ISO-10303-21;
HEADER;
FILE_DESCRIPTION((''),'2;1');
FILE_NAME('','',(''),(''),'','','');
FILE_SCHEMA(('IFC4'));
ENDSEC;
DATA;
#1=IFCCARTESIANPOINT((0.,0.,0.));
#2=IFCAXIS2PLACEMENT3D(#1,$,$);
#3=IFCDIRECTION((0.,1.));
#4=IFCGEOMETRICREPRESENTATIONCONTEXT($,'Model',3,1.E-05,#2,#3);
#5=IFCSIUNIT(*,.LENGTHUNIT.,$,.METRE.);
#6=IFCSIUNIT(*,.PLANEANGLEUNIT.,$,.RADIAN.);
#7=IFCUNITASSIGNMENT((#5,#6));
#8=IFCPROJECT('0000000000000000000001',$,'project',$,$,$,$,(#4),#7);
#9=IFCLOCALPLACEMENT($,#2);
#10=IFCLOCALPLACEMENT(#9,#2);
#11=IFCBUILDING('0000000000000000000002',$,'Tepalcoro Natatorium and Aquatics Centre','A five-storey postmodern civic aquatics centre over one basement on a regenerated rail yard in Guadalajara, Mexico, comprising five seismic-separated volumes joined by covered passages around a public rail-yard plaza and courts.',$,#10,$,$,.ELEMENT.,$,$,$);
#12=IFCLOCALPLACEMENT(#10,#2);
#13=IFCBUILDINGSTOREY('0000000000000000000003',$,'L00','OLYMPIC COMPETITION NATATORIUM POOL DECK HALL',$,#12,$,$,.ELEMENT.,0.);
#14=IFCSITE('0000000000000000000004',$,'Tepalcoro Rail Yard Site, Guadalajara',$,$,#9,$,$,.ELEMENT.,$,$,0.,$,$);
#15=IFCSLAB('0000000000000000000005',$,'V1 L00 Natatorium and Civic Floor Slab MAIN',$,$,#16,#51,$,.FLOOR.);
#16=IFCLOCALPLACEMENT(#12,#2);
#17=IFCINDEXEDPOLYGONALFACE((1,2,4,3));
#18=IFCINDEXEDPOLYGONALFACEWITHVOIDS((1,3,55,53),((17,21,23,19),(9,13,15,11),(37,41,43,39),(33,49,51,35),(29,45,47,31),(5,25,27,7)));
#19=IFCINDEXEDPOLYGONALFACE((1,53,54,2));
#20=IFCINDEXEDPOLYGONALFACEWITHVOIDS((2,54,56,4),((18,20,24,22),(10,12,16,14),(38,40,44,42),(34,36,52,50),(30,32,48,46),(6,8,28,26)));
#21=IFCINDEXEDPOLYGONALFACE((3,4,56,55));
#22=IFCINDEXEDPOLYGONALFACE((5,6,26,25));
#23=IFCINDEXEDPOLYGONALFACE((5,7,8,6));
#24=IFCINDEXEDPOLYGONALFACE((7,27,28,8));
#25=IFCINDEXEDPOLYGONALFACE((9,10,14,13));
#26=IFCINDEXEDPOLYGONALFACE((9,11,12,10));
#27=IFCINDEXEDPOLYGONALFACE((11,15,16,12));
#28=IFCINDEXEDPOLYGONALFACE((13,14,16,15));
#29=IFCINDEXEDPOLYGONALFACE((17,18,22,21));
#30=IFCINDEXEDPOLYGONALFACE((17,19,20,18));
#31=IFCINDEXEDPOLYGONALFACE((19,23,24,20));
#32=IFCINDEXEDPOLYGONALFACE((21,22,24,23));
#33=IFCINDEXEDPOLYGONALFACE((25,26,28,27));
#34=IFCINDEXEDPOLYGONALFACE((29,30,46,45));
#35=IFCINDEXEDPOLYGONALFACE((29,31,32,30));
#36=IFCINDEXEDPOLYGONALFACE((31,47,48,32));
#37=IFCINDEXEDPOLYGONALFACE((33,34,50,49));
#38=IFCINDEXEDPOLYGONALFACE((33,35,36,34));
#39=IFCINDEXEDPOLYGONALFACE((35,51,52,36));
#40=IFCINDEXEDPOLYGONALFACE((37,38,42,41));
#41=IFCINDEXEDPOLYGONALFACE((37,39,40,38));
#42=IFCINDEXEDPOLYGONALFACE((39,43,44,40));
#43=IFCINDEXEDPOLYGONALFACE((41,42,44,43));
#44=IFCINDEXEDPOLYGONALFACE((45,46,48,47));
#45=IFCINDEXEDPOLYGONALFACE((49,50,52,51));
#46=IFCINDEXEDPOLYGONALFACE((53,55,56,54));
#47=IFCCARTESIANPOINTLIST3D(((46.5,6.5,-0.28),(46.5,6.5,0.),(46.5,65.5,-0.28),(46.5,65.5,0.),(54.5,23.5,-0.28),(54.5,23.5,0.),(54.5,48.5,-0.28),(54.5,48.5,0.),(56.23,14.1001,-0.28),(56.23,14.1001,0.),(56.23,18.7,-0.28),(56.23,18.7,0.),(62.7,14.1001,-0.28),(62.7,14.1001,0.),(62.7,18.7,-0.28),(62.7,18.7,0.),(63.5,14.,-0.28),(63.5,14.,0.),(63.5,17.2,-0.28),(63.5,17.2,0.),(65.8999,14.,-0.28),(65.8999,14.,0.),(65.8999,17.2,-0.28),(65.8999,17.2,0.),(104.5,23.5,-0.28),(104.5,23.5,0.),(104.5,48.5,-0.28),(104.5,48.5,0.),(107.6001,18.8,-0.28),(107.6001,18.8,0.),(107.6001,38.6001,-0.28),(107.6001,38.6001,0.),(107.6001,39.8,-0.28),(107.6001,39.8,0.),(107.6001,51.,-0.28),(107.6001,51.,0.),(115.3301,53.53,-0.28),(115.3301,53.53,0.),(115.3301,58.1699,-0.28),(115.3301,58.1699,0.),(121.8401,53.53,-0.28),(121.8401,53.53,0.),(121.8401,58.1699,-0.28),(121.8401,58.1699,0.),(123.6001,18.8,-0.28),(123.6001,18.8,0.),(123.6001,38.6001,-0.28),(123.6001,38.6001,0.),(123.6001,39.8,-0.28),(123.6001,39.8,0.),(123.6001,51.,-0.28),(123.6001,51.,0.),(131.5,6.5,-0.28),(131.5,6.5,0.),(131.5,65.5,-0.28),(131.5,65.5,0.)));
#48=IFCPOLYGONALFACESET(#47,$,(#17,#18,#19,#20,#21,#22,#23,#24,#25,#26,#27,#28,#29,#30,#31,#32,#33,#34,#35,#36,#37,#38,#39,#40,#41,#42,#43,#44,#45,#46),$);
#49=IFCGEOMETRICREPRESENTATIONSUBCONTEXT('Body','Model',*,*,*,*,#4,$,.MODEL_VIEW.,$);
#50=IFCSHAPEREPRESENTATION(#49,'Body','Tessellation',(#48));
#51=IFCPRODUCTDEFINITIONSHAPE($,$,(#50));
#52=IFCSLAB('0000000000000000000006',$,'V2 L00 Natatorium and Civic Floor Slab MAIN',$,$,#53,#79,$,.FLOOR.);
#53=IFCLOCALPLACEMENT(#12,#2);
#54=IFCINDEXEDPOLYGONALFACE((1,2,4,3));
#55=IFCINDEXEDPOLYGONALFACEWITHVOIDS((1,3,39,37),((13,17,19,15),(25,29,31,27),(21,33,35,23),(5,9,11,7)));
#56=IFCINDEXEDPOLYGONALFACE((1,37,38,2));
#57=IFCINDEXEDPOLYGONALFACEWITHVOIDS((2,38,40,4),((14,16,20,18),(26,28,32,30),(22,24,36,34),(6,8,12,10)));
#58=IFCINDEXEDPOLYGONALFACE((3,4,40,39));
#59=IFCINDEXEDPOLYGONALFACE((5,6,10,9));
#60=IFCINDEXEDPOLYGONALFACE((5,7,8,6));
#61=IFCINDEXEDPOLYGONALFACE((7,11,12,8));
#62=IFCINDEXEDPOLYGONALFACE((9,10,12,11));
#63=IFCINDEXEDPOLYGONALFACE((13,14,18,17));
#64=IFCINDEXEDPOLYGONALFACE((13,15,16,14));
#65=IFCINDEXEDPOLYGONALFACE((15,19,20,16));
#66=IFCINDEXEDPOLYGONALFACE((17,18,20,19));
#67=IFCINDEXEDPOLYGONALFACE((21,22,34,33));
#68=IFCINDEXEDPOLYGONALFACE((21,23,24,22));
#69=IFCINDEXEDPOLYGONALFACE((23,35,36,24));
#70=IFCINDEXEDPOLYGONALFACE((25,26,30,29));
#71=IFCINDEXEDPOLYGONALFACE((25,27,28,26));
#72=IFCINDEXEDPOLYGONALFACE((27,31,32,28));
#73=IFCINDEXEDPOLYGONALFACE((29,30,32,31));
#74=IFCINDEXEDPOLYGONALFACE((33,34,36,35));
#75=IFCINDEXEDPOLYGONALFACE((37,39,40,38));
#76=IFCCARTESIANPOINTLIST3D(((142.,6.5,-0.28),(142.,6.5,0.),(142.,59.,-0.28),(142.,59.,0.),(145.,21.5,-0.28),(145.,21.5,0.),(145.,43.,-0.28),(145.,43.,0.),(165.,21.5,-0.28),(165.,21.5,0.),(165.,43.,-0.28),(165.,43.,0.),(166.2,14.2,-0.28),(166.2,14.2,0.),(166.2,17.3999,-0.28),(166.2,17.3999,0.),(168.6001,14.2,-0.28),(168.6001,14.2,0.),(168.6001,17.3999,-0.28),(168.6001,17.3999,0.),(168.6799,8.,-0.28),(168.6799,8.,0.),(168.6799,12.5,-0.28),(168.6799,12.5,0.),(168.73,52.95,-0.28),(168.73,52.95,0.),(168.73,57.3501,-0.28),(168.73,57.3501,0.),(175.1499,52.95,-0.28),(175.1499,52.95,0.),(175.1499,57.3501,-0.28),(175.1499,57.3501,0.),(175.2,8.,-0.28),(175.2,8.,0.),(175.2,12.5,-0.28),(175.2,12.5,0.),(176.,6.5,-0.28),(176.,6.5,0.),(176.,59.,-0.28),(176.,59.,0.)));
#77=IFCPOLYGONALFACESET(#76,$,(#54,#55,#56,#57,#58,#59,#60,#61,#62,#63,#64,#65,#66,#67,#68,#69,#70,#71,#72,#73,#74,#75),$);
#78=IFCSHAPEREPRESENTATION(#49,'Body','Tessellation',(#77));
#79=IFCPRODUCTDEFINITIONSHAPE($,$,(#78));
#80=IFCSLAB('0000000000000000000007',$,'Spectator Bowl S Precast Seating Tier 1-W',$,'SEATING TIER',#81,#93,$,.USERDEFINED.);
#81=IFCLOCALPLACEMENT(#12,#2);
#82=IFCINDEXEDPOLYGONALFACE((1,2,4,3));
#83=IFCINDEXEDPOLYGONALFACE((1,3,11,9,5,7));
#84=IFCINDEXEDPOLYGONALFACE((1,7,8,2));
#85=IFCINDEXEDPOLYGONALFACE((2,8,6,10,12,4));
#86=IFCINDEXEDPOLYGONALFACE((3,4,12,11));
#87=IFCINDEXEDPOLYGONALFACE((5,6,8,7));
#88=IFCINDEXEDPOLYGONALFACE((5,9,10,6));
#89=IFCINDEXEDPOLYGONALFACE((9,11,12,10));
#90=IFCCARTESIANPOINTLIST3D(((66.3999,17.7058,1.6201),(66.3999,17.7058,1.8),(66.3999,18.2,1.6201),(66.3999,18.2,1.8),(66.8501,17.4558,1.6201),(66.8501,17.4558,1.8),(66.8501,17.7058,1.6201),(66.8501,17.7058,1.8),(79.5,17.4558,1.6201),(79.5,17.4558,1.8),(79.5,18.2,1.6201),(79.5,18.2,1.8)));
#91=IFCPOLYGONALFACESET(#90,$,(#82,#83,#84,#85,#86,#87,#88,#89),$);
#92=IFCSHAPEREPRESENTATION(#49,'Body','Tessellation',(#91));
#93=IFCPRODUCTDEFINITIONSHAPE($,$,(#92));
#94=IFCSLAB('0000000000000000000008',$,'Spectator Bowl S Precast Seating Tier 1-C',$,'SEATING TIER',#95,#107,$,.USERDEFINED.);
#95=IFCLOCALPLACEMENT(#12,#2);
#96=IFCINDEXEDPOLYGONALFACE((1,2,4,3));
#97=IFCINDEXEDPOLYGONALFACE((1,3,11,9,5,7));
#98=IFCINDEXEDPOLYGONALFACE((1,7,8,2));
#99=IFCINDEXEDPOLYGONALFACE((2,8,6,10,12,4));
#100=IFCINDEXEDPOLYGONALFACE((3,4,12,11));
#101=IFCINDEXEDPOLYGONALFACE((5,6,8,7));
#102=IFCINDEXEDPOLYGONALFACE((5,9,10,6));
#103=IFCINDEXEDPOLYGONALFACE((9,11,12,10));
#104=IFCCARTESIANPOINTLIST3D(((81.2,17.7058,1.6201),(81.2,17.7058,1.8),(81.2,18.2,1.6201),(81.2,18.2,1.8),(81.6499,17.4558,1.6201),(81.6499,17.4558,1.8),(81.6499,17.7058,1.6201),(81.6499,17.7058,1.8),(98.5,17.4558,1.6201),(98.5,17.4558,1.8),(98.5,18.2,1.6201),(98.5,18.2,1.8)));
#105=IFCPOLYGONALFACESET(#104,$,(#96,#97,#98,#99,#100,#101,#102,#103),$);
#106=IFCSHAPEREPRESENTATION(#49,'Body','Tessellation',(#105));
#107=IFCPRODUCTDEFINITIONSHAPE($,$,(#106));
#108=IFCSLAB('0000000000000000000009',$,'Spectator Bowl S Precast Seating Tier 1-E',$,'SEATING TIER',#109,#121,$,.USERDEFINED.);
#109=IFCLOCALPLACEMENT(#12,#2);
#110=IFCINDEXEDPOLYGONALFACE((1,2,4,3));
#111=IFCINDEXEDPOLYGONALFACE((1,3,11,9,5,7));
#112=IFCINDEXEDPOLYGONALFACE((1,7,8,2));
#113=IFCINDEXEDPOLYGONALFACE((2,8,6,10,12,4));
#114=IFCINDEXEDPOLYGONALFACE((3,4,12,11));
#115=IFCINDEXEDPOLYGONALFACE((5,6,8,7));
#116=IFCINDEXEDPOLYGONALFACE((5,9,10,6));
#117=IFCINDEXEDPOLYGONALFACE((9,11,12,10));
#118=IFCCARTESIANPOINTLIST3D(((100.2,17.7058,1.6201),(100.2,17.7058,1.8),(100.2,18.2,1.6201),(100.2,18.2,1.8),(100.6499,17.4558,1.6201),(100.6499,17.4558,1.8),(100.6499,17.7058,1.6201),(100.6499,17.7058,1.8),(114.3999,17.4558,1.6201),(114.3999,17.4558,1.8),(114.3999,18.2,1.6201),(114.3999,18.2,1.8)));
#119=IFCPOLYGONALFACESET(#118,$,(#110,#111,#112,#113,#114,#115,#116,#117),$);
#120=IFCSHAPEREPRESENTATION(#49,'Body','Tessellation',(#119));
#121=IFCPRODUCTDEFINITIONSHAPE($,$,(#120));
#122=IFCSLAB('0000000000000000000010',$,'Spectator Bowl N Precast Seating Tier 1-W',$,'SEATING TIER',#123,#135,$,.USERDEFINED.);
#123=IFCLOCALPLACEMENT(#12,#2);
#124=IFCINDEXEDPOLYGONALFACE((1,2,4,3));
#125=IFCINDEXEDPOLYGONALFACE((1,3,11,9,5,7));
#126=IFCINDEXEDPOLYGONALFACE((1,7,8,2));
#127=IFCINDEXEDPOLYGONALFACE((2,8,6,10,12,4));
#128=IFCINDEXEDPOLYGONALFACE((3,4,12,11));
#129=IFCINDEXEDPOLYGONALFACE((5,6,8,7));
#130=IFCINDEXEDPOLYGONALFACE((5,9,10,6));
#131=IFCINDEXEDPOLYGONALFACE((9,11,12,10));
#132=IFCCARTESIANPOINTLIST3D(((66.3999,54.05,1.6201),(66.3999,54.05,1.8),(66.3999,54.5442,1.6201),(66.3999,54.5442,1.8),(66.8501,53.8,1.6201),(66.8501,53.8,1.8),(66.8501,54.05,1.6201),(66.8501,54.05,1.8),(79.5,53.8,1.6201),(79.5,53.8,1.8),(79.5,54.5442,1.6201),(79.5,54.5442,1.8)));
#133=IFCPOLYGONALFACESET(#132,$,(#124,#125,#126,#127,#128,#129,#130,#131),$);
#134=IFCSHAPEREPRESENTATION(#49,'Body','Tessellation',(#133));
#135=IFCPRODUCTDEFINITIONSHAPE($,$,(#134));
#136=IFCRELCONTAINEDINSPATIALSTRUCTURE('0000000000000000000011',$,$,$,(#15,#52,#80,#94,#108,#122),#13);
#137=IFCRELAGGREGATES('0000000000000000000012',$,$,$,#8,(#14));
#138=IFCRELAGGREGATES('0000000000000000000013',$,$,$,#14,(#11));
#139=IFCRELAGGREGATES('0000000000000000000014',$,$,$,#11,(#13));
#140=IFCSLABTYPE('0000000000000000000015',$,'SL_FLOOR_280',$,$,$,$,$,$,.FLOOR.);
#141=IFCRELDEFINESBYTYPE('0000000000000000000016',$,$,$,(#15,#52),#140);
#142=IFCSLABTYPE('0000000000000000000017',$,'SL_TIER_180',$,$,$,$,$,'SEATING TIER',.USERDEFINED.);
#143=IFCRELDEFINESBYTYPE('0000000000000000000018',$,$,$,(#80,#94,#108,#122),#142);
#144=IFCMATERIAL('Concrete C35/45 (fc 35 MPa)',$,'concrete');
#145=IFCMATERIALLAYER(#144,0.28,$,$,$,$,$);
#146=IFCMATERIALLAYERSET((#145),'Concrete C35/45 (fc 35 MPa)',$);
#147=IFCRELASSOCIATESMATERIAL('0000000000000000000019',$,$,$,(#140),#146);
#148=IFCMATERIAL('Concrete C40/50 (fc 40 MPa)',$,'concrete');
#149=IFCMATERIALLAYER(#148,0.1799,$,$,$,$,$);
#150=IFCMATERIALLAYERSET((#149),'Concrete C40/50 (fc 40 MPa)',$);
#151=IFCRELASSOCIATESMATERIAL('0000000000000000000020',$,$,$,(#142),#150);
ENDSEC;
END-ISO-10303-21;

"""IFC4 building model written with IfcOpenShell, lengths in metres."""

from ifc_helpers import new_model, si_unit, direction, frame, origin, place, context, subcontext, project, spatial, polyline, outline, extrude, material, layer, layer_set, type_object, element, save


model = new_model("IFC4")

# Units and contexts
model_context = context("Model", 3, precision=1e-05, world=origin(), true_north=direction((0.0, 1.0)))
body_context = subcontext(model_context, "Body", "Model", "MODEL_VIEW")
ifc_project = project(units=[si_unit("LENGTHUNIT", "METRE"), si_unit("PLANEANGLEUNIT", "RADIAN")], contexts=[model_context])

# Site, building, storey
site_placement = place(None, origin())
site = spatial("IfcSite", under=ifc_project, at=site_placement, Name="Tepalcoro Rail Yard Site, Guadalajara", CompositionType="ELEMENT", RefElevation=0.0)
building_placement = place(site_placement, origin())
building = spatial("IfcBuilding", under=site, at=building_placement, Name="Tepalcoro Natatorium and Aquatics Centre", Description="A five-storey postmodern civic aquatics centre over one basement on a regenerated rail yard in Guadalajara, Mexico, comprising five seismic-separated volumes joined by covered passages around a public rail-yard plaza and courts.", CompositionType="ELEMENT")
storey_placement = place(building_placement, origin())
storey = spatial("IfcBuildingStorey", under=building, at=storey_placement, Name="L00", Description="OLYMPIC COMPETITION NATATORIUM POOL DECK HALL", CompositionType="ELEMENT", Elevation=0.0)

# Shared definitions
ifc_material_1 = material(Name="Concrete C40/50 (fc 40 MPa)", Category="concrete")

# Slabs
ifc_material_2 = material(Name="Concrete C35/45 (fc 35 MPa)", Category="concrete")
ifc_layer_1 = layer(ifc_material_2, 0.28)
ifc_layer_set_1 = layer_set([ifc_layer_1], Name="Concrete C35/45 (fc 35 MPa)")
slab_type_1 = type_object("IfcSlabType", Name="SL_FLOOR_280", PredefinedType="FLOOR", material=ifc_layer_set_1)
slab_1_placement = place(storey_placement, frame((0.0, 0.0, -0.28)))
element("IfcSlab", 1, at=slab_1_placement, inside=storey, type_object=slab_type_1, Name="V1 L00 Natatorium and Civic Floor Slab MAIN", PredefinedType="FLOOR", context=body_context, shape_type="SweptSolid", body=[
    extrude(outline(polyline([(46.5, 65.5), (131.5, 65.5), (131.5, 6.5), (46.5, 6.5), (46.5, 65.5)]), holes=[polyline([(104.5, 48.5), (54.5, 48.5), (54.5, 23.5), (104.5, 23.5), (104.5, 48.5)]), polyline([(123.6001, 18.8), (123.6001, 38.6001), (107.6001, 38.6001), (107.6001, 18.8), (123.6001, 18.8)]), polyline([(107.6001, 39.8), (123.6001, 39.8), (123.6001, 51.0), (107.6001, 51.0), (107.6001, 39.8)]), polyline([(56.23, 18.7), (56.23, 14.1001), (62.7, 14.1001), (62.7, 18.7), (56.23, 18.7)]), polyline([(121.8401, 58.1699), (115.3301, 58.1699), (115.3301, 53.53), (121.8401, 53.53), (121.8401, 58.1699)]), polyline([(65.8999, 14.0), (65.8999, 17.2), (63.5, 17.2), (63.5, 14.0), (65.8999, 14.0)])]), origin(), (0.0, 0.0, 1.0), 0.28),
])
slab_2_placement = place(storey_placement, frame((0.0, 0.0, -0.28)))
element("IfcSlab", 2, at=slab_2_placement, inside=storey, type_object=slab_type_1, Name="V2 L00 Natatorium and Civic Floor Slab MAIN", PredefinedType="FLOOR", context=body_context, shape_type="SweptSolid", body=[
    extrude(outline(polyline([(176.0, 6.5), (142.0, 6.5), (142.0, 59.0), (176.0, 59.0), (176.0, 6.5)]), holes=[polyline([(145.0, 21.5), (165.0, 21.5), (165.0, 43.0), (145.0, 43.0), (145.0, 21.5)]), polyline([(168.6799, 12.5), (168.6799, 8.0), (175.2, 8.0), (175.2, 12.5), (168.6799, 12.5)]), polyline([(175.1499, 57.3501), (168.73, 57.3501), (168.73, 52.95), (175.1499, 52.95), (175.1499, 57.3501)]), polyline([(168.6001, 14.2), (168.6001, 17.3999), (166.2, 17.3999), (166.2, 14.2), (168.6001, 14.2)])]), origin(), (0.0, 0.0, 1.0), 0.28),
])
ifc_layer_2 = layer(ifc_material_1, 0.1799)
ifc_layer_set_2 = layer_set([ifc_layer_2], Name="Concrete C40/50 (fc 40 MPa)")
slab_type_2 = type_object("IfcSlabType", Name="SL_TIER_180", ElementType="SEATING TIER", PredefinedType="USERDEFINED", material=ifc_layer_set_2)
slab_3_placement = place(storey_placement, frame((0.0, 0.0, 1.6201)))
element("IfcSlab", 3, at=slab_3_placement, inside=storey, type_object=slab_type_2, Name="Spectator Bowl S Precast Seating Tier 1-W", ObjectType="SEATING TIER", PredefinedType="USERDEFINED", context=body_context, shape_type="SweptSolid", body=[
    extrude(outline(polyline([(66.3999, 18.2), (79.5, 18.2), (79.5, 17.4558), (66.8501, 17.4558), (66.8501, 17.7058), (66.3999, 17.7058), (66.3999, 18.2)])), origin(), (0.0, 0.0, 1.0), 0.1799),
])
slab_4_placement = place(storey_placement, frame((0.0, 0.0, 1.6201)))
element("IfcSlab", 4, at=slab_4_placement, inside=storey, type_object=slab_type_2, Name="Spectator Bowl S Precast Seating Tier 1-C", ObjectType="SEATING TIER", PredefinedType="USERDEFINED", context=body_context, shape_type="SweptSolid", body=[
    extrude(outline(polyline([(81.2, 18.2), (98.5, 18.2), (98.5, 17.4558), (81.6499, 17.4558), (81.6499, 17.7058), (81.2, 17.7058), (81.2, 18.2)])), origin(), (0.0, 0.0, 1.0), 0.1799),
])
slab_5_placement = place(storey_placement, frame((0.0, 0.0, 1.6201)))
element("IfcSlab", 5, at=slab_5_placement, inside=storey, type_object=slab_type_2, Name="Spectator Bowl S Precast Seating Tier 1-E", ObjectType="SEATING TIER", PredefinedType="USERDEFINED", context=body_context, shape_type="SweptSolid", body=[
    extrude(outline(polyline([(100.2, 18.2), (114.3999, 18.2), (114.3999, 17.4558), (100.6499, 17.4558), (100.6499, 17.7058), (100.2, 17.7058), (100.2, 18.2)])), origin(), (0.0, 0.0, 1.0), 0.1799),
])
slab_6_placement = place(storey_placement, frame((0.0, 0.0, 1.6201)))
element("IfcSlab", 6, at=slab_6_placement, inside=storey, type_object=slab_type_2, Name="Spectator Bowl N Precast Seating Tier 1-W", ObjectType="SEATING TIER", PredefinedType="USERDEFINED", context=body_context, shape_type="SweptSolid", body=[
    extrude(outline(polyline([(66.3999, 54.5442), (79.5, 54.5442), (79.5, 53.8), (66.8501, 53.8), (66.8501, 54.05), (66.3999, 54.05), (66.3999, 54.5442)])), origin(), (0.0, 0.0, 1.0), 0.1799),
])

save(model, "model.ifc")
